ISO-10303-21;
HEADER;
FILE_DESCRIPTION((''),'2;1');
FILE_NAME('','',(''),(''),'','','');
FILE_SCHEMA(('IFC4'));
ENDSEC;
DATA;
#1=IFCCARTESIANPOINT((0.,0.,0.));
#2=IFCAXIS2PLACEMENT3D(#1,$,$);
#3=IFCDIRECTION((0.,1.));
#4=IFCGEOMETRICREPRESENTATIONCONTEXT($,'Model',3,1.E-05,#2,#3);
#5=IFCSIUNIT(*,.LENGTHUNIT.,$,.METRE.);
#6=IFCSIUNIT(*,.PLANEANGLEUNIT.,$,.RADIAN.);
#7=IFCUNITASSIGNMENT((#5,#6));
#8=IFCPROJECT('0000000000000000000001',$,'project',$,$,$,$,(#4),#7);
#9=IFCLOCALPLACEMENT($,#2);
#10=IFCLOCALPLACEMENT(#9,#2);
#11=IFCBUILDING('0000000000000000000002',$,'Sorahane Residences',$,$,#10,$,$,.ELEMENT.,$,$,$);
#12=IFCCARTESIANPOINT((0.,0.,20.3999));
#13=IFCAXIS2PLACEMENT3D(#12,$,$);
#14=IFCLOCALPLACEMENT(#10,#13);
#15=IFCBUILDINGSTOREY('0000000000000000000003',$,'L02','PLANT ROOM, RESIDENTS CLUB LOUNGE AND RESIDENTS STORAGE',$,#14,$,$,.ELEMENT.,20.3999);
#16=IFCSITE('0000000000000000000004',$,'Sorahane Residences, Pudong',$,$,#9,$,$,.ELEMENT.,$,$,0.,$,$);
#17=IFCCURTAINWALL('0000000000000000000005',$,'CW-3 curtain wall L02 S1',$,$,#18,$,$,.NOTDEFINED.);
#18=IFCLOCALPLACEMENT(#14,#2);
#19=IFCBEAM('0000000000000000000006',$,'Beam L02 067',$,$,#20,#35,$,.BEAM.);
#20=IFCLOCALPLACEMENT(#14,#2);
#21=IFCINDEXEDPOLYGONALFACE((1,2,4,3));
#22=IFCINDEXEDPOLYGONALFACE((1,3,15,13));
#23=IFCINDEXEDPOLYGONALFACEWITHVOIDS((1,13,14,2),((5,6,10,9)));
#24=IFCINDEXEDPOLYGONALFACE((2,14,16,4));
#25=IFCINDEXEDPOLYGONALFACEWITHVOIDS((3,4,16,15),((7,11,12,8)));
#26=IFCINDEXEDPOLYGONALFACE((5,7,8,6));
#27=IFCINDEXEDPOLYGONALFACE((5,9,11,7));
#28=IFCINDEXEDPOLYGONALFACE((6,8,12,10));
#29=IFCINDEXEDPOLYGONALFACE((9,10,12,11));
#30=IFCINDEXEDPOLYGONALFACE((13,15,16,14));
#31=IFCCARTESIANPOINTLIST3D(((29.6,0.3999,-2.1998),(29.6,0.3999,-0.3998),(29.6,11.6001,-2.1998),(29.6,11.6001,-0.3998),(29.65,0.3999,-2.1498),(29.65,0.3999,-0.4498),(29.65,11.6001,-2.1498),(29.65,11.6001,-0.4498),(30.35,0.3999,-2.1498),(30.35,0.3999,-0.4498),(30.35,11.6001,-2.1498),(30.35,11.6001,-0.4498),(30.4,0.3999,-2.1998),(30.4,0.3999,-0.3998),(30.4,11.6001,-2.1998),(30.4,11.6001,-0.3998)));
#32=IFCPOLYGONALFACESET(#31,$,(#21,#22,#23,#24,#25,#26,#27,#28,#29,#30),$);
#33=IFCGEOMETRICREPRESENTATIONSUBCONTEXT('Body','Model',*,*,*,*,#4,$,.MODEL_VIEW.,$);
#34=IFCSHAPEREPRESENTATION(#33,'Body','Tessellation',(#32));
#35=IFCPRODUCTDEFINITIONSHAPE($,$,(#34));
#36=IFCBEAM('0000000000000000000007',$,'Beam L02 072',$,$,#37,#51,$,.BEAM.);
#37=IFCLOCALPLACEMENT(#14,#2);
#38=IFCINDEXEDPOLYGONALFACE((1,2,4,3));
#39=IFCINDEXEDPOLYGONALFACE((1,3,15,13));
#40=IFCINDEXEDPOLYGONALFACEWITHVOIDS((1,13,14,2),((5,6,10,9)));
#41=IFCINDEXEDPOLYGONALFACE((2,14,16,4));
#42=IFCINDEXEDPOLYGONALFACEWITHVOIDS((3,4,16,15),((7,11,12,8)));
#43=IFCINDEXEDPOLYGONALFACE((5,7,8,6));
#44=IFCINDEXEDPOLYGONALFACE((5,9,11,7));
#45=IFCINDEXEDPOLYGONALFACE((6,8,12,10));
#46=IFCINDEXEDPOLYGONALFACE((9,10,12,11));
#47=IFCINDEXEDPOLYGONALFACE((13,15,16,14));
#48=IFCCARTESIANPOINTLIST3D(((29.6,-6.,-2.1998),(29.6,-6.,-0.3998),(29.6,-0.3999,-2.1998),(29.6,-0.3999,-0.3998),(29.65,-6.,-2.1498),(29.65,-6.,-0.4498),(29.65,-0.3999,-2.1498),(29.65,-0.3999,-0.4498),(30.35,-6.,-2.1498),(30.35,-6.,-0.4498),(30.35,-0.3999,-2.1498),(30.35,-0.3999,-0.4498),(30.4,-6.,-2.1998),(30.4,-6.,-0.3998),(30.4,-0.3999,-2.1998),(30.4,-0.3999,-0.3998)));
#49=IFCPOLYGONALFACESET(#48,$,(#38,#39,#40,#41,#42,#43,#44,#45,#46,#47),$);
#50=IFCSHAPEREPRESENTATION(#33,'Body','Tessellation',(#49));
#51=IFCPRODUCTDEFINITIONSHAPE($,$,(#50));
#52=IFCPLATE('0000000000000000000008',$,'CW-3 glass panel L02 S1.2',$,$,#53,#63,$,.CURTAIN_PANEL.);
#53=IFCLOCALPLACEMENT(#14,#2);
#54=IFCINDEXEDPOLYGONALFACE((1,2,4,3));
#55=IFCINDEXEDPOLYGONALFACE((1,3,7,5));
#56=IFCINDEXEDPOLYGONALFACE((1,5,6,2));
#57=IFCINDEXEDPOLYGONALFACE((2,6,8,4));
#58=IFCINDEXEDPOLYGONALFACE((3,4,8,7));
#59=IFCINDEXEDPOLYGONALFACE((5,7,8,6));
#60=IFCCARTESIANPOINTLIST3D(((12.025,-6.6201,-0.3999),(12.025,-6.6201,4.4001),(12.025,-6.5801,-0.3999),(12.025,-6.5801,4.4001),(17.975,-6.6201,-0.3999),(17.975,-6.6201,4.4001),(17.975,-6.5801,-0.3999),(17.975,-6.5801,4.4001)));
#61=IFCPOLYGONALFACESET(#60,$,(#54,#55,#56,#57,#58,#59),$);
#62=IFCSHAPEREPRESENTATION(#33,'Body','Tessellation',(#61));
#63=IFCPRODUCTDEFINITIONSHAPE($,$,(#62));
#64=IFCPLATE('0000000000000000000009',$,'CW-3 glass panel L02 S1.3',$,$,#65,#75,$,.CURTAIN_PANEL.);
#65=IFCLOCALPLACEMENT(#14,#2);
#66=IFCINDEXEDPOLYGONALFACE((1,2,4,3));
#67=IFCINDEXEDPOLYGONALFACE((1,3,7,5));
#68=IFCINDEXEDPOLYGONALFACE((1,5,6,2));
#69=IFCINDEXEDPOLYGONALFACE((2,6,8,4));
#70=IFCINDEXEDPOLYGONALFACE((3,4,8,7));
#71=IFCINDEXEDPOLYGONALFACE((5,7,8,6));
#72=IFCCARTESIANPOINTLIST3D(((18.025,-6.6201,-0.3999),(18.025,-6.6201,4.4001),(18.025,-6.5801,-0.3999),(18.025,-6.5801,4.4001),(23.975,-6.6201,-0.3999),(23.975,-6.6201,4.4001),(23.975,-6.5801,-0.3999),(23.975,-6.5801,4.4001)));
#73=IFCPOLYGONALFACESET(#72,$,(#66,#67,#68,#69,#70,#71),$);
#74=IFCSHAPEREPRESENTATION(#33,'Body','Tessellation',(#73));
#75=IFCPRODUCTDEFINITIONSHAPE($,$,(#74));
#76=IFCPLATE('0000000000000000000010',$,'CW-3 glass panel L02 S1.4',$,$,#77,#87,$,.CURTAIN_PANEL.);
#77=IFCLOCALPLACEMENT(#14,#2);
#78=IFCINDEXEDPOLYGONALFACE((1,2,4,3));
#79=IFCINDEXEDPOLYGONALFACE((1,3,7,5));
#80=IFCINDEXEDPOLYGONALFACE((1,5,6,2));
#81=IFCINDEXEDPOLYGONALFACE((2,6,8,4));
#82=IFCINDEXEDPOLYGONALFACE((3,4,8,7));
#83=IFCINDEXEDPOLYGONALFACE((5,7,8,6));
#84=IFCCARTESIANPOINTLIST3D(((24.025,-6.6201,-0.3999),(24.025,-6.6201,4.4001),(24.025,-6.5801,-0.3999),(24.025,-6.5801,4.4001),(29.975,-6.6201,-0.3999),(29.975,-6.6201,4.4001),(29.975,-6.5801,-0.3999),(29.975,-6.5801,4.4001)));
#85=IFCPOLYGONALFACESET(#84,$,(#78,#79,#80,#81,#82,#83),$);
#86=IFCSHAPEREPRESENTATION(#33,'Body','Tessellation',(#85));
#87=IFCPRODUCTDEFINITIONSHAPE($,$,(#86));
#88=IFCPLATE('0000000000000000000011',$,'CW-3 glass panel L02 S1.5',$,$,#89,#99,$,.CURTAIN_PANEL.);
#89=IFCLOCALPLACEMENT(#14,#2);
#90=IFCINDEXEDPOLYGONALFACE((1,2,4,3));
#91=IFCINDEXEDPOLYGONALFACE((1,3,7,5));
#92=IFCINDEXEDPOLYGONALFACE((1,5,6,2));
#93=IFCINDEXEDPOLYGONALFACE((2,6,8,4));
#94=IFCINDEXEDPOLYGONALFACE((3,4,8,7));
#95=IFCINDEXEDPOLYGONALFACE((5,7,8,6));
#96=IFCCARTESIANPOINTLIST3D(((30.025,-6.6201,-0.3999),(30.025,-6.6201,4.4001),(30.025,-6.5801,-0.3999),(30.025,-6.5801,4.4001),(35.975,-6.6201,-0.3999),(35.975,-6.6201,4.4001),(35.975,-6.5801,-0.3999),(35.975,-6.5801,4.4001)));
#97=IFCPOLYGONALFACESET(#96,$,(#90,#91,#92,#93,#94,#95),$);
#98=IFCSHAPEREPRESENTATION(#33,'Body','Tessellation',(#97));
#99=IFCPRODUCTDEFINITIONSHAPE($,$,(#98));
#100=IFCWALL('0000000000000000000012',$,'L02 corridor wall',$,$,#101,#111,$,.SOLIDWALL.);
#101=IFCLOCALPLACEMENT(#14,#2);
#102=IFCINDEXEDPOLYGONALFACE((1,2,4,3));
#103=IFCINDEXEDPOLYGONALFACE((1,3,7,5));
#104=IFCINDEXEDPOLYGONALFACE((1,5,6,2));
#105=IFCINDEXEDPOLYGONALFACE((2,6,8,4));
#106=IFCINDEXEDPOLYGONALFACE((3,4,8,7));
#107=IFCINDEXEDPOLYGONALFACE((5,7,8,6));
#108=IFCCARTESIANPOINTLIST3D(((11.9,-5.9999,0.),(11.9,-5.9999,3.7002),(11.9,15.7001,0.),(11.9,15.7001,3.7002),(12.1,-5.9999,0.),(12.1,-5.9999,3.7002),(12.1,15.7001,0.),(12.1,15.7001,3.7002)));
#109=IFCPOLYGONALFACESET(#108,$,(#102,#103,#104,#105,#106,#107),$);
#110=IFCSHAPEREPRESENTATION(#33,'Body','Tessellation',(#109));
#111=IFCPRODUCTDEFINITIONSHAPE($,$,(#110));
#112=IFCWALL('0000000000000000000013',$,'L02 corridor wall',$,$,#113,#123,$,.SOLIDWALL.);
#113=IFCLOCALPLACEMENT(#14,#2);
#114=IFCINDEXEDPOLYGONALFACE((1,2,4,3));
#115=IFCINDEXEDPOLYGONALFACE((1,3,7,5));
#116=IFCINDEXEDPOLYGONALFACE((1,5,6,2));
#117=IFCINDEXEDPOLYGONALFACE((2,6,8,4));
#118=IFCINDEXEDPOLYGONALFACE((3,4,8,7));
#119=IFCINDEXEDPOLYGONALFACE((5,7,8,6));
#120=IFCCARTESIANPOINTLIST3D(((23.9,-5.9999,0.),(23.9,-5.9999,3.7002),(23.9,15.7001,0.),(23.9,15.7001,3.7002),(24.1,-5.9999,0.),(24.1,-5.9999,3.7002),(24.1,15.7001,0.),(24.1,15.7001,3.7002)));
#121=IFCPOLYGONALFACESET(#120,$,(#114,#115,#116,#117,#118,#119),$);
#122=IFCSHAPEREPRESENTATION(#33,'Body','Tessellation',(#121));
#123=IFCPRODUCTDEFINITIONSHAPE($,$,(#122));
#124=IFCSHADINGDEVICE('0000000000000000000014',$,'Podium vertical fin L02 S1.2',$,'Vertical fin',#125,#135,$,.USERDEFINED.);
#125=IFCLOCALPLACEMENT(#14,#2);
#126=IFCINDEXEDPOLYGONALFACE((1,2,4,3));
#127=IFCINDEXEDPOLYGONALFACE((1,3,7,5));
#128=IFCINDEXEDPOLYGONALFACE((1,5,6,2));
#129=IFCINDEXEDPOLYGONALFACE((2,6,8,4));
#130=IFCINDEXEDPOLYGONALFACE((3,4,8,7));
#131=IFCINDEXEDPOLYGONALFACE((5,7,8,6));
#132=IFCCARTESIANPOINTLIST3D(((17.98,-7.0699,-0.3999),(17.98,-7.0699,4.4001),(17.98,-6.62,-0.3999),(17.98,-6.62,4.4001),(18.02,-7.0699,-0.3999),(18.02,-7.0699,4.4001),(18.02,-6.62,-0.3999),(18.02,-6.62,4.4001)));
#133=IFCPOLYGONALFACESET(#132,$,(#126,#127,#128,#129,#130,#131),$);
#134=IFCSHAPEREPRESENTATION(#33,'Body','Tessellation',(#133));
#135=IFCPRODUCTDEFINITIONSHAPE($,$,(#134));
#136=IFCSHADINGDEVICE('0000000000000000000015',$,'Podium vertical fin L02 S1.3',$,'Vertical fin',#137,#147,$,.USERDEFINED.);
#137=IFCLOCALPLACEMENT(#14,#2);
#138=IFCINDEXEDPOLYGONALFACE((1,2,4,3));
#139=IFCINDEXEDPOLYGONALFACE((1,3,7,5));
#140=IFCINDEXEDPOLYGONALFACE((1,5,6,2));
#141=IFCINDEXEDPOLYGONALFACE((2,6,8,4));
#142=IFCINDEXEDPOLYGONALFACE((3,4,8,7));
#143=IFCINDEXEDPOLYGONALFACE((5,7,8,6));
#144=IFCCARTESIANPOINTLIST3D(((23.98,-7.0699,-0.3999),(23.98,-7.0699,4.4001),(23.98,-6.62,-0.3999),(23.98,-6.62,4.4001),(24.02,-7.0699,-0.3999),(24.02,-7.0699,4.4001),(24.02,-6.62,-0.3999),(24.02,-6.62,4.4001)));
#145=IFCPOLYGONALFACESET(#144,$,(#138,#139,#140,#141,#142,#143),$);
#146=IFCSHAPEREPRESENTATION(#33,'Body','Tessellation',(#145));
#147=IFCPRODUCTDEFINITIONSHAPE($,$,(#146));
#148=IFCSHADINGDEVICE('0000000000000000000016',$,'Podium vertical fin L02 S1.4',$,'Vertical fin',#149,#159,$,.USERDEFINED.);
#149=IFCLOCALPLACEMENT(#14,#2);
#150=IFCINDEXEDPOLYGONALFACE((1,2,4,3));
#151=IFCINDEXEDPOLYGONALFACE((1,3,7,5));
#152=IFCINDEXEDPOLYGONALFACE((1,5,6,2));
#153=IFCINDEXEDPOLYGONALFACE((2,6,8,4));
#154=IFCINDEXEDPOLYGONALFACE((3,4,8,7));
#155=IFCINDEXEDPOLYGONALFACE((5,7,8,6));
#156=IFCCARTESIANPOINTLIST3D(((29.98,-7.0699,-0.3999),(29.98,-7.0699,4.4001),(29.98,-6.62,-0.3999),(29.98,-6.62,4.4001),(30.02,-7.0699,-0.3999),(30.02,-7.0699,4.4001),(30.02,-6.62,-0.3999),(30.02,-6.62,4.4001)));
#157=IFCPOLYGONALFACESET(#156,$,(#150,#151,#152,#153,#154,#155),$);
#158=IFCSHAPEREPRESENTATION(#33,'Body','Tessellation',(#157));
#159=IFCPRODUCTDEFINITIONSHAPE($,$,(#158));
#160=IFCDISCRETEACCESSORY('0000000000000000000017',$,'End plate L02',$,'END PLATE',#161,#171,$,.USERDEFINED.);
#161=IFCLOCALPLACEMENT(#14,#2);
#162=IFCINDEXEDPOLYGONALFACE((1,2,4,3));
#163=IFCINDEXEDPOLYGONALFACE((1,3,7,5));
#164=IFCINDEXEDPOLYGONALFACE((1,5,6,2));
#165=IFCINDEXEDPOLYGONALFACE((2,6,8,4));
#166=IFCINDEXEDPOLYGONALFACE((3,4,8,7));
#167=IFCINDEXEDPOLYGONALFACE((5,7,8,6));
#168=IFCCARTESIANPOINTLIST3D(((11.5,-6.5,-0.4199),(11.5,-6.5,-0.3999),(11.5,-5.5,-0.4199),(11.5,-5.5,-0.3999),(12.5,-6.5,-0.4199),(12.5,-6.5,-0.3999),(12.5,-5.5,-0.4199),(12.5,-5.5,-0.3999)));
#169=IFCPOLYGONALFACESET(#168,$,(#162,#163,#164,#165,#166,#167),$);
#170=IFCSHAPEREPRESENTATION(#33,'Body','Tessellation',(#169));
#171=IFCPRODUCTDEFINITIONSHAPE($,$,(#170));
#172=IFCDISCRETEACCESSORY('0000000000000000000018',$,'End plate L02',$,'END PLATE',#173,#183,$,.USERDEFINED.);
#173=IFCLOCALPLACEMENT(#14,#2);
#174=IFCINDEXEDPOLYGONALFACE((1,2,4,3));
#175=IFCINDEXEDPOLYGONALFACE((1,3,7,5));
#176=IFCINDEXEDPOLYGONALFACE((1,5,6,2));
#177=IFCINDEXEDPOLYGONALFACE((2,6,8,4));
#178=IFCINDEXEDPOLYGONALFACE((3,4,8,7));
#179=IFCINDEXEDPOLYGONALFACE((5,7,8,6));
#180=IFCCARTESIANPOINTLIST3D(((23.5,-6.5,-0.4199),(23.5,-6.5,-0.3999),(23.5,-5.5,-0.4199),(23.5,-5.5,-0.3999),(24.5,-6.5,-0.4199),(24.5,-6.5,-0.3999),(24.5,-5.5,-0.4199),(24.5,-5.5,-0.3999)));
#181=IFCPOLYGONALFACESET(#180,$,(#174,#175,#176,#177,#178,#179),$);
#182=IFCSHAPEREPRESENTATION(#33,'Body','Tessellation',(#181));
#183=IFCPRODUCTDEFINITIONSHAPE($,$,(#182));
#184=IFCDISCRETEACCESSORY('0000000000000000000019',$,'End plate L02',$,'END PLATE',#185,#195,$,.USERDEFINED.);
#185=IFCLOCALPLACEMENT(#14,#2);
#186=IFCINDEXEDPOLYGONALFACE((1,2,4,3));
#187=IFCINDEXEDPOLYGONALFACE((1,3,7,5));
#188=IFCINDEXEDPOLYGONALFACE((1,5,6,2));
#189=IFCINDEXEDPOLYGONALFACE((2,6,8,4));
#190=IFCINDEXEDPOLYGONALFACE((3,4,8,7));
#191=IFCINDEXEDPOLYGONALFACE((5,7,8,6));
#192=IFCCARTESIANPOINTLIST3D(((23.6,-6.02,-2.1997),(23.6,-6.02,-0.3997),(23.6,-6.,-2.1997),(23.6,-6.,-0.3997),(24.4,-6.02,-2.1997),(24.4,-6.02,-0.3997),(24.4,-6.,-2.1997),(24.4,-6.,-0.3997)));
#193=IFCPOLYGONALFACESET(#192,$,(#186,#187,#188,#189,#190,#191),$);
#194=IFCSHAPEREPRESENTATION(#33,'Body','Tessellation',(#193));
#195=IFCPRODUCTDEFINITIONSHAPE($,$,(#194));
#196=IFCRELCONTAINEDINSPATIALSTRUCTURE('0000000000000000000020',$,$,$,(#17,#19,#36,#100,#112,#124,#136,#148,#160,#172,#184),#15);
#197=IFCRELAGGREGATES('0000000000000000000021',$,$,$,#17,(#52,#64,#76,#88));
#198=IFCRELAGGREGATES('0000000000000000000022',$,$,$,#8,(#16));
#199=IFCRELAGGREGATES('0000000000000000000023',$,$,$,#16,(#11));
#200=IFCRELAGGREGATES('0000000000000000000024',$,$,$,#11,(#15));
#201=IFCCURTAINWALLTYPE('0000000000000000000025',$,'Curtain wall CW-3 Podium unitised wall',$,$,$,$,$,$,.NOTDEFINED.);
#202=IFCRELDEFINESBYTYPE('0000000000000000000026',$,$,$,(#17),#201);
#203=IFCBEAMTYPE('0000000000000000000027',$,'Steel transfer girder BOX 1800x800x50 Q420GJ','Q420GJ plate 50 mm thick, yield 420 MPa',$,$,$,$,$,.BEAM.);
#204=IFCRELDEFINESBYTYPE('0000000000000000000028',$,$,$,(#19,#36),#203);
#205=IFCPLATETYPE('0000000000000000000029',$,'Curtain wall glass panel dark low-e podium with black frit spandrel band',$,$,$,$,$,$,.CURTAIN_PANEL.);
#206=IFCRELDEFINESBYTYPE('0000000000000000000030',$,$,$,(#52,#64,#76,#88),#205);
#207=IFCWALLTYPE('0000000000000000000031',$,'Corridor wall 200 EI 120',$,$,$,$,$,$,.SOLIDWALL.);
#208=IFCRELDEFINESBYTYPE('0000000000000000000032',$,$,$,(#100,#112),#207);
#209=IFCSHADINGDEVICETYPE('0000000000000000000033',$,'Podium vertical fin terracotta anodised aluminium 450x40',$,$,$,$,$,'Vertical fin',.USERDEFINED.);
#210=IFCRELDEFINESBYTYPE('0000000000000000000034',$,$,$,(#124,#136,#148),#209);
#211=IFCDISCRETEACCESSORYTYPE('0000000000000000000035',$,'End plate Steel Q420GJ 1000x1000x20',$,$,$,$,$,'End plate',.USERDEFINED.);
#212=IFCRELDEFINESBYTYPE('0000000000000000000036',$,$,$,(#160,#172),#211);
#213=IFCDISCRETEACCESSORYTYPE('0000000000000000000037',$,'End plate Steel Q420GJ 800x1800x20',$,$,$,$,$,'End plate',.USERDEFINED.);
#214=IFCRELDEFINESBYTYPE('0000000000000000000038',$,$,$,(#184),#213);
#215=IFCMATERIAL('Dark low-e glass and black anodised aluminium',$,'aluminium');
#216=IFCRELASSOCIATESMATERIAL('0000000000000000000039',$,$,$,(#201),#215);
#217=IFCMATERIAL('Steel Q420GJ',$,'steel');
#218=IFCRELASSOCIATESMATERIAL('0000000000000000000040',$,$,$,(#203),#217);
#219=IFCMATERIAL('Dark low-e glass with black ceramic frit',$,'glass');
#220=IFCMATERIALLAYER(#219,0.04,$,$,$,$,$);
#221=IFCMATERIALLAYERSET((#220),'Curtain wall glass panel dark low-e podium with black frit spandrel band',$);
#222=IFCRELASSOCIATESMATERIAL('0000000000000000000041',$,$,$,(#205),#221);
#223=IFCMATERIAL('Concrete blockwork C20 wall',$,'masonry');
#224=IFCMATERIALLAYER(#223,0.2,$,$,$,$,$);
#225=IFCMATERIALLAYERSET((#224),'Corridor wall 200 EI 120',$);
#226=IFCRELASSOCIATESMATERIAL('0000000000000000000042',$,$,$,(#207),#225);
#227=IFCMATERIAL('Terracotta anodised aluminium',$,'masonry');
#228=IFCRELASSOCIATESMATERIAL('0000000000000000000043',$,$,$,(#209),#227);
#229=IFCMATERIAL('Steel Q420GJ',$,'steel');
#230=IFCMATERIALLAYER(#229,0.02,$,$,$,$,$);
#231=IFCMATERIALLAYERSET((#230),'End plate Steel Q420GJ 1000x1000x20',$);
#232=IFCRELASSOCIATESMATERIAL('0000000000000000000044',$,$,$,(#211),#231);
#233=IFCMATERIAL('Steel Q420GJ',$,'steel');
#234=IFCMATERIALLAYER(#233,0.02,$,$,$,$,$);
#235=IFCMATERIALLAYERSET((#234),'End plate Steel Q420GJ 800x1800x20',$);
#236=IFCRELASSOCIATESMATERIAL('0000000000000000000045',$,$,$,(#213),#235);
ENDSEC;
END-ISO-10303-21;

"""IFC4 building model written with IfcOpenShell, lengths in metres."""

from ifc_helpers import new_model, si_unit, direction, frame, frame_2d, origin, origin_2d, place, context, subcontext, project, spatial, rectangle, hollow_rectangle, extrude, material, layer, layer_set, material_profile, profile_set, type_object, element, aggregate, save


model = new_model("IFC4")

# Units and contexts
model_context = context("Model", 3, precision=1e-05, world=origin(), true_north=direction((0.0, 1.0)))
body_context = subcontext(model_context, "Body", "Model", "MODEL_VIEW")
ifc_project = project(units=[si_unit("LENGTHUNIT", "METRE"), si_unit("PLANEANGLEUNIT", "RADIAN")], contexts=[model_context])

# Site, building, storey
site_placement = place(None, origin())
site = spatial("IfcSite", under=ifc_project, at=site_placement, Name="Sorahane Residences, Pudong", CompositionType="ELEMENT", RefElevation=0.0)
building_placement = place(site_placement, origin())
building = spatial("IfcBuilding", under=site, at=building_placement, Name="Sorahane Residences", CompositionType="ELEMENT")
storey_placement = place(building_placement, frame((0.0, 0.0, 20.3999)))
storey = spatial("IfcBuildingStorey", under=building, at=storey_placement, Name="L02", Description="PLANT ROOM, RESIDENTS CLUB LOUNGE AND RESIDENTS STORAGE", CompositionType="ELEMENT", Elevation=20.3999)

# Curtain wall
ifc_material_1 = material(Name="Dark low-e glass and black anodised aluminium", Category="aluminium")
curtain_wall_type = type_object("IfcCurtainWallType", Name="Curtain wall CW-3 Podium unitised wall", PredefinedType="NOTDEFINED", material=ifc_material_1)
curtain_wall_placement = place(storey_placement, origin())
curtain_wall = element("IfcCurtainWall", 1, at=curtain_wall_placement, inside=storey, type_object=curtain_wall_type, Name="CW-3 curtain wall L02 S1", PredefinedType="NOTDEFINED")

# Beams
ifc_material_2 = material(Name="Steel Q420GJ", Category="steel")
ifc_material_profile_1 = material_profile(ifc_material_2, hollow_rectangle(XDim=0.8, YDim=1.8, WallThickness=0.05, at=origin_2d()), Name="BOX 1800x800x50")
ifc_profile_set_1 = profile_set([ifc_material_profile_1], Name="Steel Q420GJ")
beam_type = type_object("IfcBeamType", Name="Steel transfer girder BOX 1800x800x50 Q420GJ", Description="Q420GJ plate 50 mm thick, yield 420 MPa", PredefinedType="BEAM", material=ifc_profile_set_1)
beam_1_placement = place(storey_placement, frame((30.0, 0.3999, -1.2998), z_axis=(0.0, 1.0, 0.0), x_axis=(-1.0, 0.0, 0.0)))
element("IfcBeam", 2, at=beam_1_placement, inside=storey, type_object=beam_type, Name="Beam L02 067", PredefinedType="BEAM", context=body_context, shape_type="SweptSolid", body=[
    extrude(hollow_rectangle(XDim=0.8, YDim=1.8, WallThickness=0.05, at=origin_2d()), origin(), (0.0, 0.0, 1.0), 11.2002),
])
beam_2_placement = place(storey_placement, frame((30.0, -6.0, -1.2998), z_axis=(0.0, 1.0, 0.0), x_axis=(-1.0, 0.0, 0.0)))
element("IfcBeam", 3, at=beam_2_placement, inside=storey, type_object=beam_type, Name="Beam L02 072", PredefinedType="BEAM", context=body_context, shape_type="SweptSolid", body=[
    extrude(hollow_rectangle(XDim=0.8, YDim=1.8, WallThickness=0.05, at=origin_2d()), origin(), (0.0, 0.0, 1.0), 5.6001),
])

# Plates
ifc_material_3 = material(Name="Dark low-e glass with black ceramic frit", Category="glass")
ifc_layer_1 = layer(ifc_material_3, 0.04)
ifc_layer_set_1 = layer_set([ifc_layer_1], Name="Curtain wall glass panel dark low-e podium with black frit spandrel band")
plate_type = type_object("IfcPlateType", Name="Curtain wall glass panel dark low-e podium with black frit spandrel band", PredefinedType="CURTAIN_PANEL", material=ifc_layer_set_1)
plate_1_placement = place(storey_placement, frame((15.0, -6.6001, -0.3999), z_axis=(0.0, 0.0, 1.0), x_axis=(1.0, 0.0, 0.0)))
plate_1 = element("IfcPlate", 4, at=plate_1_placement, type_object=plate_type, Name="CW-3 glass panel L02 S1.2", PredefinedType="CURTAIN_PANEL", context=body_context, shape_type="SweptSolid", body=[
    extrude(rectangle(XDim=5.95, YDim=0.04, at=origin_2d()), origin(), (0.0, 0.0, 1.0), 4.8),
])
plate_2_placement = place(storey_placement, frame((21.0, -6.6001, -0.3999), z_axis=(0.0, 0.0, 1.0), x_axis=(1.0, 0.0, 0.0)))
plate_2 = element("IfcPlate", 5, at=plate_2_placement, type_object=plate_type, Name="CW-3 glass panel L02 S1.3", PredefinedType="CURTAIN_PANEL", context=body_context, shape_type="SweptSolid", body=[
    extrude(rectangle(XDim=5.95, YDim=0.04, at=origin_2d()), origin(), (0.0, 0.0, 1.0), 4.8),
])
plate_3_placement = place(storey_placement, frame((27.0, -6.6001, -0.3999), z_axis=(0.0, 0.0, 1.0), x_axis=(1.0, 0.0, 0.0)))
plate_3 = element("IfcPlate", 6, at=plate_3_placement, type_object=plate_type, Name="CW-3 glass panel L02 S1.4", PredefinedType="CURTAIN_PANEL", context=body_context, shape_type="SweptSolid", body=[
    extrude(rectangle(XDim=5.95, YDim=0.04, at=origin_2d()), origin(), (0.0, 0.0, 1.0), 4.8),
])
plate_4_placement = place(storey_placement, frame((33.0, -6.6001, -0.3999), z_axis=(0.0, 0.0, 1.0), x_axis=(1.0, 0.0, 0.0)))
plate_4 = element("IfcPlate", 7, at=plate_4_placement, type_object=plate_type, Name="CW-3 glass panel L02 S1.5", PredefinedType="CURTAIN_PANEL", context=body_context, shape_type="SweptSolid", body=[
    extrude(rectangle(XDim=5.95, YDim=0.04, at=origin_2d()), origin(), (0.0, 0.0, 1.0), 4.8),
])
aggregate(curtain_wall, [plate_1, plate_2, plate_3, plate_4])

# Walls
ifc_material_4 = material(Name="Concrete blockwork C20 wall", Category="masonry")
ifc_layer_2 = layer(ifc_material_4, 0.2)
ifc_layer_set_2 = layer_set([ifc_layer_2], Name="Corridor wall 200 EI 120")
wall_type = type_object("IfcWallType", Name="Corridor wall 200 EI 120", PredefinedType="SOLIDWALL", material=ifc_layer_set_2)
for number, where, z_axis, x_axis, name in (
    (8, (12.0, -6.0, 0.0), (0.0, 0.0, 1.0), (0.0, 1.0, 0.0), "L02 corridor wall"),
    (9, (24.0, -6.0, 0.0), (0.0, 0.0, 1.0), (0.0, 1.0, 0.0), "L02 corridor wall"),
):
    element("IfcWall", number, at=place(storey_placement, frame(where, z_axis=z_axis, x_axis=x_axis)), inside=storey, type_object=wall_type, Name=name, PredefinedType="SOLIDWALL", context=body_context, shape_type="SweptSolid", body=[
        extrude(rectangle(XDim=21.7, YDim=0.2, at=frame_2d((10.8501, 0.0))), origin(), (0.0, 0.0, 1.0), 3.7002),
    ])

# Shading devices
ifc_material_5 = material(Name="Terracotta anodised aluminium", Category="masonry")
ifc_material_profile_2 = material_profile(ifc_material_5, rectangle(XDim=0.45, YDim=0.04, at=origin_2d()), Name="Podium vertical fin terracotta anodised aluminium 450x40")
ifc_profile_set_2 = profile_set([ifc_material_profile_2], Name="Terracotta anodised aluminium")
shading_device_type = type_object("IfcShadingDeviceType", Name="Podium vertical fin terracotta anodised aluminium 450x40", ElementType="Vertical fin", PredefinedType="USERDEFINED", material=ifc_profile_set_2)
for number, where, z_axis, x_axis, name in (
    (10, (18.0, -6.845, -0.3999), (0.0, 0.0, 1.0), (0.0, -1.0, 0.0), "Podium vertical fin L02 S1.2"),
    (11, (24.0, -6.845, -0.3999), (0.0, 0.0, 1.0), (0.0, -1.0, 0.0), "Podium vertical fin L02 S1.3"),
    (12, (30.0, -6.845, -0.3999), (0.0, 0.0, 1.0), (0.0, -1.0, 0.0), "Podium vertical fin L02 S1.4"),
):
    element("IfcShadingDevice", number, at=place(storey_placement, frame(where, z_axis=z_axis, x_axis=x_axis)), inside=storey, type_object=shading_device_type, Name=name, ObjectType="Vertical fin", PredefinedType="USERDEFINED", context=body_context, shape_type="SweptSolid", body=[
        extrude(rectangle(XDim=0.45, YDim=0.04, at=origin_2d()), origin(), (0.0, 0.0, 1.0), 4.8),
    ])

# Discrete accessories
ifc_material_6 = material(Name="Steel Q420GJ", Category="steel")
ifc_layer_3 = layer(ifc_material_6, 0.02)
ifc_layer_set_3 = layer_set([ifc_layer_3], Name="End plate Steel Q420GJ 1000x1000x20")
discrete_accessory_type_1 = type_object("IfcDiscreteAccessoryType", Name="End plate Steel Q420GJ 1000x1000x20", ElementType="End plate", PredefinedType="USERDEFINED", material=ifc_layer_set_3)
for number, where, z_axis, x_axis, name in (
    (13, (12.0, -6.0, -0.4199), (0.0, 0.0, 1.0), (1.0, 0.0, 0.0), "End plate L02"),
    (14, (24.0, -6.0, -0.4199), (0.0, 0.0, 1.0), (1.0, 0.0, 0.0), "End plate L02"),
):
    element("IfcDiscreteAccessory", number, at=place(storey_placement, frame(where, z_axis=z_axis, x_axis=x_axis)), inside=storey, type_object=discrete_accessory_type_1, Name=name, ObjectType="END PLATE", PredefinedType="USERDEFINED", context=body_context, shape_type="SweptSolid", body=[
        extrude(rectangle(XDim=1.0, YDim=1.0, at=origin_2d()), origin(), (0.0, 0.0, 1.0), 0.02),
    ])
ifc_material_7 = material(Name="Steel Q420GJ", Category="steel")
ifc_layer_4 = layer(ifc_material_7, 0.02)
ifc_layer_set_4 = layer_set([ifc_layer_4], Name="End plate Steel Q420GJ 800x1800x20")
discrete_accessory_type_2 = type_object("IfcDiscreteAccessoryType", Name="End plate Steel Q420GJ 800x1800x20", ElementType="End plate", PredefinedType="USERDEFINED", material=ifc_layer_set_4)
for number, where, z_axis, x_axis, name in (
    (15, (24.0, -6.01, -2.1997), (0.0, 0.0, 1.0), (0.0, 1.0, 0.0), "End plate L02"),
):
    element("IfcDiscreteAccessory", number, at=place(storey_placement, frame(where, z_axis=z_axis, x_axis=x_axis)), inside=storey, type_object=discrete_accessory_type_2, Name=name, ObjectType="END PLATE", PredefinedType="USERDEFINED", context=body_context, shape_type="SweptSolid", body=[
        extrude(rectangle(XDim=0.02, YDim=0.8, at=origin_2d()), origin(), (0.0, 0.0, 1.0), 1.8),
    ])

save(model, "model.ifc")
